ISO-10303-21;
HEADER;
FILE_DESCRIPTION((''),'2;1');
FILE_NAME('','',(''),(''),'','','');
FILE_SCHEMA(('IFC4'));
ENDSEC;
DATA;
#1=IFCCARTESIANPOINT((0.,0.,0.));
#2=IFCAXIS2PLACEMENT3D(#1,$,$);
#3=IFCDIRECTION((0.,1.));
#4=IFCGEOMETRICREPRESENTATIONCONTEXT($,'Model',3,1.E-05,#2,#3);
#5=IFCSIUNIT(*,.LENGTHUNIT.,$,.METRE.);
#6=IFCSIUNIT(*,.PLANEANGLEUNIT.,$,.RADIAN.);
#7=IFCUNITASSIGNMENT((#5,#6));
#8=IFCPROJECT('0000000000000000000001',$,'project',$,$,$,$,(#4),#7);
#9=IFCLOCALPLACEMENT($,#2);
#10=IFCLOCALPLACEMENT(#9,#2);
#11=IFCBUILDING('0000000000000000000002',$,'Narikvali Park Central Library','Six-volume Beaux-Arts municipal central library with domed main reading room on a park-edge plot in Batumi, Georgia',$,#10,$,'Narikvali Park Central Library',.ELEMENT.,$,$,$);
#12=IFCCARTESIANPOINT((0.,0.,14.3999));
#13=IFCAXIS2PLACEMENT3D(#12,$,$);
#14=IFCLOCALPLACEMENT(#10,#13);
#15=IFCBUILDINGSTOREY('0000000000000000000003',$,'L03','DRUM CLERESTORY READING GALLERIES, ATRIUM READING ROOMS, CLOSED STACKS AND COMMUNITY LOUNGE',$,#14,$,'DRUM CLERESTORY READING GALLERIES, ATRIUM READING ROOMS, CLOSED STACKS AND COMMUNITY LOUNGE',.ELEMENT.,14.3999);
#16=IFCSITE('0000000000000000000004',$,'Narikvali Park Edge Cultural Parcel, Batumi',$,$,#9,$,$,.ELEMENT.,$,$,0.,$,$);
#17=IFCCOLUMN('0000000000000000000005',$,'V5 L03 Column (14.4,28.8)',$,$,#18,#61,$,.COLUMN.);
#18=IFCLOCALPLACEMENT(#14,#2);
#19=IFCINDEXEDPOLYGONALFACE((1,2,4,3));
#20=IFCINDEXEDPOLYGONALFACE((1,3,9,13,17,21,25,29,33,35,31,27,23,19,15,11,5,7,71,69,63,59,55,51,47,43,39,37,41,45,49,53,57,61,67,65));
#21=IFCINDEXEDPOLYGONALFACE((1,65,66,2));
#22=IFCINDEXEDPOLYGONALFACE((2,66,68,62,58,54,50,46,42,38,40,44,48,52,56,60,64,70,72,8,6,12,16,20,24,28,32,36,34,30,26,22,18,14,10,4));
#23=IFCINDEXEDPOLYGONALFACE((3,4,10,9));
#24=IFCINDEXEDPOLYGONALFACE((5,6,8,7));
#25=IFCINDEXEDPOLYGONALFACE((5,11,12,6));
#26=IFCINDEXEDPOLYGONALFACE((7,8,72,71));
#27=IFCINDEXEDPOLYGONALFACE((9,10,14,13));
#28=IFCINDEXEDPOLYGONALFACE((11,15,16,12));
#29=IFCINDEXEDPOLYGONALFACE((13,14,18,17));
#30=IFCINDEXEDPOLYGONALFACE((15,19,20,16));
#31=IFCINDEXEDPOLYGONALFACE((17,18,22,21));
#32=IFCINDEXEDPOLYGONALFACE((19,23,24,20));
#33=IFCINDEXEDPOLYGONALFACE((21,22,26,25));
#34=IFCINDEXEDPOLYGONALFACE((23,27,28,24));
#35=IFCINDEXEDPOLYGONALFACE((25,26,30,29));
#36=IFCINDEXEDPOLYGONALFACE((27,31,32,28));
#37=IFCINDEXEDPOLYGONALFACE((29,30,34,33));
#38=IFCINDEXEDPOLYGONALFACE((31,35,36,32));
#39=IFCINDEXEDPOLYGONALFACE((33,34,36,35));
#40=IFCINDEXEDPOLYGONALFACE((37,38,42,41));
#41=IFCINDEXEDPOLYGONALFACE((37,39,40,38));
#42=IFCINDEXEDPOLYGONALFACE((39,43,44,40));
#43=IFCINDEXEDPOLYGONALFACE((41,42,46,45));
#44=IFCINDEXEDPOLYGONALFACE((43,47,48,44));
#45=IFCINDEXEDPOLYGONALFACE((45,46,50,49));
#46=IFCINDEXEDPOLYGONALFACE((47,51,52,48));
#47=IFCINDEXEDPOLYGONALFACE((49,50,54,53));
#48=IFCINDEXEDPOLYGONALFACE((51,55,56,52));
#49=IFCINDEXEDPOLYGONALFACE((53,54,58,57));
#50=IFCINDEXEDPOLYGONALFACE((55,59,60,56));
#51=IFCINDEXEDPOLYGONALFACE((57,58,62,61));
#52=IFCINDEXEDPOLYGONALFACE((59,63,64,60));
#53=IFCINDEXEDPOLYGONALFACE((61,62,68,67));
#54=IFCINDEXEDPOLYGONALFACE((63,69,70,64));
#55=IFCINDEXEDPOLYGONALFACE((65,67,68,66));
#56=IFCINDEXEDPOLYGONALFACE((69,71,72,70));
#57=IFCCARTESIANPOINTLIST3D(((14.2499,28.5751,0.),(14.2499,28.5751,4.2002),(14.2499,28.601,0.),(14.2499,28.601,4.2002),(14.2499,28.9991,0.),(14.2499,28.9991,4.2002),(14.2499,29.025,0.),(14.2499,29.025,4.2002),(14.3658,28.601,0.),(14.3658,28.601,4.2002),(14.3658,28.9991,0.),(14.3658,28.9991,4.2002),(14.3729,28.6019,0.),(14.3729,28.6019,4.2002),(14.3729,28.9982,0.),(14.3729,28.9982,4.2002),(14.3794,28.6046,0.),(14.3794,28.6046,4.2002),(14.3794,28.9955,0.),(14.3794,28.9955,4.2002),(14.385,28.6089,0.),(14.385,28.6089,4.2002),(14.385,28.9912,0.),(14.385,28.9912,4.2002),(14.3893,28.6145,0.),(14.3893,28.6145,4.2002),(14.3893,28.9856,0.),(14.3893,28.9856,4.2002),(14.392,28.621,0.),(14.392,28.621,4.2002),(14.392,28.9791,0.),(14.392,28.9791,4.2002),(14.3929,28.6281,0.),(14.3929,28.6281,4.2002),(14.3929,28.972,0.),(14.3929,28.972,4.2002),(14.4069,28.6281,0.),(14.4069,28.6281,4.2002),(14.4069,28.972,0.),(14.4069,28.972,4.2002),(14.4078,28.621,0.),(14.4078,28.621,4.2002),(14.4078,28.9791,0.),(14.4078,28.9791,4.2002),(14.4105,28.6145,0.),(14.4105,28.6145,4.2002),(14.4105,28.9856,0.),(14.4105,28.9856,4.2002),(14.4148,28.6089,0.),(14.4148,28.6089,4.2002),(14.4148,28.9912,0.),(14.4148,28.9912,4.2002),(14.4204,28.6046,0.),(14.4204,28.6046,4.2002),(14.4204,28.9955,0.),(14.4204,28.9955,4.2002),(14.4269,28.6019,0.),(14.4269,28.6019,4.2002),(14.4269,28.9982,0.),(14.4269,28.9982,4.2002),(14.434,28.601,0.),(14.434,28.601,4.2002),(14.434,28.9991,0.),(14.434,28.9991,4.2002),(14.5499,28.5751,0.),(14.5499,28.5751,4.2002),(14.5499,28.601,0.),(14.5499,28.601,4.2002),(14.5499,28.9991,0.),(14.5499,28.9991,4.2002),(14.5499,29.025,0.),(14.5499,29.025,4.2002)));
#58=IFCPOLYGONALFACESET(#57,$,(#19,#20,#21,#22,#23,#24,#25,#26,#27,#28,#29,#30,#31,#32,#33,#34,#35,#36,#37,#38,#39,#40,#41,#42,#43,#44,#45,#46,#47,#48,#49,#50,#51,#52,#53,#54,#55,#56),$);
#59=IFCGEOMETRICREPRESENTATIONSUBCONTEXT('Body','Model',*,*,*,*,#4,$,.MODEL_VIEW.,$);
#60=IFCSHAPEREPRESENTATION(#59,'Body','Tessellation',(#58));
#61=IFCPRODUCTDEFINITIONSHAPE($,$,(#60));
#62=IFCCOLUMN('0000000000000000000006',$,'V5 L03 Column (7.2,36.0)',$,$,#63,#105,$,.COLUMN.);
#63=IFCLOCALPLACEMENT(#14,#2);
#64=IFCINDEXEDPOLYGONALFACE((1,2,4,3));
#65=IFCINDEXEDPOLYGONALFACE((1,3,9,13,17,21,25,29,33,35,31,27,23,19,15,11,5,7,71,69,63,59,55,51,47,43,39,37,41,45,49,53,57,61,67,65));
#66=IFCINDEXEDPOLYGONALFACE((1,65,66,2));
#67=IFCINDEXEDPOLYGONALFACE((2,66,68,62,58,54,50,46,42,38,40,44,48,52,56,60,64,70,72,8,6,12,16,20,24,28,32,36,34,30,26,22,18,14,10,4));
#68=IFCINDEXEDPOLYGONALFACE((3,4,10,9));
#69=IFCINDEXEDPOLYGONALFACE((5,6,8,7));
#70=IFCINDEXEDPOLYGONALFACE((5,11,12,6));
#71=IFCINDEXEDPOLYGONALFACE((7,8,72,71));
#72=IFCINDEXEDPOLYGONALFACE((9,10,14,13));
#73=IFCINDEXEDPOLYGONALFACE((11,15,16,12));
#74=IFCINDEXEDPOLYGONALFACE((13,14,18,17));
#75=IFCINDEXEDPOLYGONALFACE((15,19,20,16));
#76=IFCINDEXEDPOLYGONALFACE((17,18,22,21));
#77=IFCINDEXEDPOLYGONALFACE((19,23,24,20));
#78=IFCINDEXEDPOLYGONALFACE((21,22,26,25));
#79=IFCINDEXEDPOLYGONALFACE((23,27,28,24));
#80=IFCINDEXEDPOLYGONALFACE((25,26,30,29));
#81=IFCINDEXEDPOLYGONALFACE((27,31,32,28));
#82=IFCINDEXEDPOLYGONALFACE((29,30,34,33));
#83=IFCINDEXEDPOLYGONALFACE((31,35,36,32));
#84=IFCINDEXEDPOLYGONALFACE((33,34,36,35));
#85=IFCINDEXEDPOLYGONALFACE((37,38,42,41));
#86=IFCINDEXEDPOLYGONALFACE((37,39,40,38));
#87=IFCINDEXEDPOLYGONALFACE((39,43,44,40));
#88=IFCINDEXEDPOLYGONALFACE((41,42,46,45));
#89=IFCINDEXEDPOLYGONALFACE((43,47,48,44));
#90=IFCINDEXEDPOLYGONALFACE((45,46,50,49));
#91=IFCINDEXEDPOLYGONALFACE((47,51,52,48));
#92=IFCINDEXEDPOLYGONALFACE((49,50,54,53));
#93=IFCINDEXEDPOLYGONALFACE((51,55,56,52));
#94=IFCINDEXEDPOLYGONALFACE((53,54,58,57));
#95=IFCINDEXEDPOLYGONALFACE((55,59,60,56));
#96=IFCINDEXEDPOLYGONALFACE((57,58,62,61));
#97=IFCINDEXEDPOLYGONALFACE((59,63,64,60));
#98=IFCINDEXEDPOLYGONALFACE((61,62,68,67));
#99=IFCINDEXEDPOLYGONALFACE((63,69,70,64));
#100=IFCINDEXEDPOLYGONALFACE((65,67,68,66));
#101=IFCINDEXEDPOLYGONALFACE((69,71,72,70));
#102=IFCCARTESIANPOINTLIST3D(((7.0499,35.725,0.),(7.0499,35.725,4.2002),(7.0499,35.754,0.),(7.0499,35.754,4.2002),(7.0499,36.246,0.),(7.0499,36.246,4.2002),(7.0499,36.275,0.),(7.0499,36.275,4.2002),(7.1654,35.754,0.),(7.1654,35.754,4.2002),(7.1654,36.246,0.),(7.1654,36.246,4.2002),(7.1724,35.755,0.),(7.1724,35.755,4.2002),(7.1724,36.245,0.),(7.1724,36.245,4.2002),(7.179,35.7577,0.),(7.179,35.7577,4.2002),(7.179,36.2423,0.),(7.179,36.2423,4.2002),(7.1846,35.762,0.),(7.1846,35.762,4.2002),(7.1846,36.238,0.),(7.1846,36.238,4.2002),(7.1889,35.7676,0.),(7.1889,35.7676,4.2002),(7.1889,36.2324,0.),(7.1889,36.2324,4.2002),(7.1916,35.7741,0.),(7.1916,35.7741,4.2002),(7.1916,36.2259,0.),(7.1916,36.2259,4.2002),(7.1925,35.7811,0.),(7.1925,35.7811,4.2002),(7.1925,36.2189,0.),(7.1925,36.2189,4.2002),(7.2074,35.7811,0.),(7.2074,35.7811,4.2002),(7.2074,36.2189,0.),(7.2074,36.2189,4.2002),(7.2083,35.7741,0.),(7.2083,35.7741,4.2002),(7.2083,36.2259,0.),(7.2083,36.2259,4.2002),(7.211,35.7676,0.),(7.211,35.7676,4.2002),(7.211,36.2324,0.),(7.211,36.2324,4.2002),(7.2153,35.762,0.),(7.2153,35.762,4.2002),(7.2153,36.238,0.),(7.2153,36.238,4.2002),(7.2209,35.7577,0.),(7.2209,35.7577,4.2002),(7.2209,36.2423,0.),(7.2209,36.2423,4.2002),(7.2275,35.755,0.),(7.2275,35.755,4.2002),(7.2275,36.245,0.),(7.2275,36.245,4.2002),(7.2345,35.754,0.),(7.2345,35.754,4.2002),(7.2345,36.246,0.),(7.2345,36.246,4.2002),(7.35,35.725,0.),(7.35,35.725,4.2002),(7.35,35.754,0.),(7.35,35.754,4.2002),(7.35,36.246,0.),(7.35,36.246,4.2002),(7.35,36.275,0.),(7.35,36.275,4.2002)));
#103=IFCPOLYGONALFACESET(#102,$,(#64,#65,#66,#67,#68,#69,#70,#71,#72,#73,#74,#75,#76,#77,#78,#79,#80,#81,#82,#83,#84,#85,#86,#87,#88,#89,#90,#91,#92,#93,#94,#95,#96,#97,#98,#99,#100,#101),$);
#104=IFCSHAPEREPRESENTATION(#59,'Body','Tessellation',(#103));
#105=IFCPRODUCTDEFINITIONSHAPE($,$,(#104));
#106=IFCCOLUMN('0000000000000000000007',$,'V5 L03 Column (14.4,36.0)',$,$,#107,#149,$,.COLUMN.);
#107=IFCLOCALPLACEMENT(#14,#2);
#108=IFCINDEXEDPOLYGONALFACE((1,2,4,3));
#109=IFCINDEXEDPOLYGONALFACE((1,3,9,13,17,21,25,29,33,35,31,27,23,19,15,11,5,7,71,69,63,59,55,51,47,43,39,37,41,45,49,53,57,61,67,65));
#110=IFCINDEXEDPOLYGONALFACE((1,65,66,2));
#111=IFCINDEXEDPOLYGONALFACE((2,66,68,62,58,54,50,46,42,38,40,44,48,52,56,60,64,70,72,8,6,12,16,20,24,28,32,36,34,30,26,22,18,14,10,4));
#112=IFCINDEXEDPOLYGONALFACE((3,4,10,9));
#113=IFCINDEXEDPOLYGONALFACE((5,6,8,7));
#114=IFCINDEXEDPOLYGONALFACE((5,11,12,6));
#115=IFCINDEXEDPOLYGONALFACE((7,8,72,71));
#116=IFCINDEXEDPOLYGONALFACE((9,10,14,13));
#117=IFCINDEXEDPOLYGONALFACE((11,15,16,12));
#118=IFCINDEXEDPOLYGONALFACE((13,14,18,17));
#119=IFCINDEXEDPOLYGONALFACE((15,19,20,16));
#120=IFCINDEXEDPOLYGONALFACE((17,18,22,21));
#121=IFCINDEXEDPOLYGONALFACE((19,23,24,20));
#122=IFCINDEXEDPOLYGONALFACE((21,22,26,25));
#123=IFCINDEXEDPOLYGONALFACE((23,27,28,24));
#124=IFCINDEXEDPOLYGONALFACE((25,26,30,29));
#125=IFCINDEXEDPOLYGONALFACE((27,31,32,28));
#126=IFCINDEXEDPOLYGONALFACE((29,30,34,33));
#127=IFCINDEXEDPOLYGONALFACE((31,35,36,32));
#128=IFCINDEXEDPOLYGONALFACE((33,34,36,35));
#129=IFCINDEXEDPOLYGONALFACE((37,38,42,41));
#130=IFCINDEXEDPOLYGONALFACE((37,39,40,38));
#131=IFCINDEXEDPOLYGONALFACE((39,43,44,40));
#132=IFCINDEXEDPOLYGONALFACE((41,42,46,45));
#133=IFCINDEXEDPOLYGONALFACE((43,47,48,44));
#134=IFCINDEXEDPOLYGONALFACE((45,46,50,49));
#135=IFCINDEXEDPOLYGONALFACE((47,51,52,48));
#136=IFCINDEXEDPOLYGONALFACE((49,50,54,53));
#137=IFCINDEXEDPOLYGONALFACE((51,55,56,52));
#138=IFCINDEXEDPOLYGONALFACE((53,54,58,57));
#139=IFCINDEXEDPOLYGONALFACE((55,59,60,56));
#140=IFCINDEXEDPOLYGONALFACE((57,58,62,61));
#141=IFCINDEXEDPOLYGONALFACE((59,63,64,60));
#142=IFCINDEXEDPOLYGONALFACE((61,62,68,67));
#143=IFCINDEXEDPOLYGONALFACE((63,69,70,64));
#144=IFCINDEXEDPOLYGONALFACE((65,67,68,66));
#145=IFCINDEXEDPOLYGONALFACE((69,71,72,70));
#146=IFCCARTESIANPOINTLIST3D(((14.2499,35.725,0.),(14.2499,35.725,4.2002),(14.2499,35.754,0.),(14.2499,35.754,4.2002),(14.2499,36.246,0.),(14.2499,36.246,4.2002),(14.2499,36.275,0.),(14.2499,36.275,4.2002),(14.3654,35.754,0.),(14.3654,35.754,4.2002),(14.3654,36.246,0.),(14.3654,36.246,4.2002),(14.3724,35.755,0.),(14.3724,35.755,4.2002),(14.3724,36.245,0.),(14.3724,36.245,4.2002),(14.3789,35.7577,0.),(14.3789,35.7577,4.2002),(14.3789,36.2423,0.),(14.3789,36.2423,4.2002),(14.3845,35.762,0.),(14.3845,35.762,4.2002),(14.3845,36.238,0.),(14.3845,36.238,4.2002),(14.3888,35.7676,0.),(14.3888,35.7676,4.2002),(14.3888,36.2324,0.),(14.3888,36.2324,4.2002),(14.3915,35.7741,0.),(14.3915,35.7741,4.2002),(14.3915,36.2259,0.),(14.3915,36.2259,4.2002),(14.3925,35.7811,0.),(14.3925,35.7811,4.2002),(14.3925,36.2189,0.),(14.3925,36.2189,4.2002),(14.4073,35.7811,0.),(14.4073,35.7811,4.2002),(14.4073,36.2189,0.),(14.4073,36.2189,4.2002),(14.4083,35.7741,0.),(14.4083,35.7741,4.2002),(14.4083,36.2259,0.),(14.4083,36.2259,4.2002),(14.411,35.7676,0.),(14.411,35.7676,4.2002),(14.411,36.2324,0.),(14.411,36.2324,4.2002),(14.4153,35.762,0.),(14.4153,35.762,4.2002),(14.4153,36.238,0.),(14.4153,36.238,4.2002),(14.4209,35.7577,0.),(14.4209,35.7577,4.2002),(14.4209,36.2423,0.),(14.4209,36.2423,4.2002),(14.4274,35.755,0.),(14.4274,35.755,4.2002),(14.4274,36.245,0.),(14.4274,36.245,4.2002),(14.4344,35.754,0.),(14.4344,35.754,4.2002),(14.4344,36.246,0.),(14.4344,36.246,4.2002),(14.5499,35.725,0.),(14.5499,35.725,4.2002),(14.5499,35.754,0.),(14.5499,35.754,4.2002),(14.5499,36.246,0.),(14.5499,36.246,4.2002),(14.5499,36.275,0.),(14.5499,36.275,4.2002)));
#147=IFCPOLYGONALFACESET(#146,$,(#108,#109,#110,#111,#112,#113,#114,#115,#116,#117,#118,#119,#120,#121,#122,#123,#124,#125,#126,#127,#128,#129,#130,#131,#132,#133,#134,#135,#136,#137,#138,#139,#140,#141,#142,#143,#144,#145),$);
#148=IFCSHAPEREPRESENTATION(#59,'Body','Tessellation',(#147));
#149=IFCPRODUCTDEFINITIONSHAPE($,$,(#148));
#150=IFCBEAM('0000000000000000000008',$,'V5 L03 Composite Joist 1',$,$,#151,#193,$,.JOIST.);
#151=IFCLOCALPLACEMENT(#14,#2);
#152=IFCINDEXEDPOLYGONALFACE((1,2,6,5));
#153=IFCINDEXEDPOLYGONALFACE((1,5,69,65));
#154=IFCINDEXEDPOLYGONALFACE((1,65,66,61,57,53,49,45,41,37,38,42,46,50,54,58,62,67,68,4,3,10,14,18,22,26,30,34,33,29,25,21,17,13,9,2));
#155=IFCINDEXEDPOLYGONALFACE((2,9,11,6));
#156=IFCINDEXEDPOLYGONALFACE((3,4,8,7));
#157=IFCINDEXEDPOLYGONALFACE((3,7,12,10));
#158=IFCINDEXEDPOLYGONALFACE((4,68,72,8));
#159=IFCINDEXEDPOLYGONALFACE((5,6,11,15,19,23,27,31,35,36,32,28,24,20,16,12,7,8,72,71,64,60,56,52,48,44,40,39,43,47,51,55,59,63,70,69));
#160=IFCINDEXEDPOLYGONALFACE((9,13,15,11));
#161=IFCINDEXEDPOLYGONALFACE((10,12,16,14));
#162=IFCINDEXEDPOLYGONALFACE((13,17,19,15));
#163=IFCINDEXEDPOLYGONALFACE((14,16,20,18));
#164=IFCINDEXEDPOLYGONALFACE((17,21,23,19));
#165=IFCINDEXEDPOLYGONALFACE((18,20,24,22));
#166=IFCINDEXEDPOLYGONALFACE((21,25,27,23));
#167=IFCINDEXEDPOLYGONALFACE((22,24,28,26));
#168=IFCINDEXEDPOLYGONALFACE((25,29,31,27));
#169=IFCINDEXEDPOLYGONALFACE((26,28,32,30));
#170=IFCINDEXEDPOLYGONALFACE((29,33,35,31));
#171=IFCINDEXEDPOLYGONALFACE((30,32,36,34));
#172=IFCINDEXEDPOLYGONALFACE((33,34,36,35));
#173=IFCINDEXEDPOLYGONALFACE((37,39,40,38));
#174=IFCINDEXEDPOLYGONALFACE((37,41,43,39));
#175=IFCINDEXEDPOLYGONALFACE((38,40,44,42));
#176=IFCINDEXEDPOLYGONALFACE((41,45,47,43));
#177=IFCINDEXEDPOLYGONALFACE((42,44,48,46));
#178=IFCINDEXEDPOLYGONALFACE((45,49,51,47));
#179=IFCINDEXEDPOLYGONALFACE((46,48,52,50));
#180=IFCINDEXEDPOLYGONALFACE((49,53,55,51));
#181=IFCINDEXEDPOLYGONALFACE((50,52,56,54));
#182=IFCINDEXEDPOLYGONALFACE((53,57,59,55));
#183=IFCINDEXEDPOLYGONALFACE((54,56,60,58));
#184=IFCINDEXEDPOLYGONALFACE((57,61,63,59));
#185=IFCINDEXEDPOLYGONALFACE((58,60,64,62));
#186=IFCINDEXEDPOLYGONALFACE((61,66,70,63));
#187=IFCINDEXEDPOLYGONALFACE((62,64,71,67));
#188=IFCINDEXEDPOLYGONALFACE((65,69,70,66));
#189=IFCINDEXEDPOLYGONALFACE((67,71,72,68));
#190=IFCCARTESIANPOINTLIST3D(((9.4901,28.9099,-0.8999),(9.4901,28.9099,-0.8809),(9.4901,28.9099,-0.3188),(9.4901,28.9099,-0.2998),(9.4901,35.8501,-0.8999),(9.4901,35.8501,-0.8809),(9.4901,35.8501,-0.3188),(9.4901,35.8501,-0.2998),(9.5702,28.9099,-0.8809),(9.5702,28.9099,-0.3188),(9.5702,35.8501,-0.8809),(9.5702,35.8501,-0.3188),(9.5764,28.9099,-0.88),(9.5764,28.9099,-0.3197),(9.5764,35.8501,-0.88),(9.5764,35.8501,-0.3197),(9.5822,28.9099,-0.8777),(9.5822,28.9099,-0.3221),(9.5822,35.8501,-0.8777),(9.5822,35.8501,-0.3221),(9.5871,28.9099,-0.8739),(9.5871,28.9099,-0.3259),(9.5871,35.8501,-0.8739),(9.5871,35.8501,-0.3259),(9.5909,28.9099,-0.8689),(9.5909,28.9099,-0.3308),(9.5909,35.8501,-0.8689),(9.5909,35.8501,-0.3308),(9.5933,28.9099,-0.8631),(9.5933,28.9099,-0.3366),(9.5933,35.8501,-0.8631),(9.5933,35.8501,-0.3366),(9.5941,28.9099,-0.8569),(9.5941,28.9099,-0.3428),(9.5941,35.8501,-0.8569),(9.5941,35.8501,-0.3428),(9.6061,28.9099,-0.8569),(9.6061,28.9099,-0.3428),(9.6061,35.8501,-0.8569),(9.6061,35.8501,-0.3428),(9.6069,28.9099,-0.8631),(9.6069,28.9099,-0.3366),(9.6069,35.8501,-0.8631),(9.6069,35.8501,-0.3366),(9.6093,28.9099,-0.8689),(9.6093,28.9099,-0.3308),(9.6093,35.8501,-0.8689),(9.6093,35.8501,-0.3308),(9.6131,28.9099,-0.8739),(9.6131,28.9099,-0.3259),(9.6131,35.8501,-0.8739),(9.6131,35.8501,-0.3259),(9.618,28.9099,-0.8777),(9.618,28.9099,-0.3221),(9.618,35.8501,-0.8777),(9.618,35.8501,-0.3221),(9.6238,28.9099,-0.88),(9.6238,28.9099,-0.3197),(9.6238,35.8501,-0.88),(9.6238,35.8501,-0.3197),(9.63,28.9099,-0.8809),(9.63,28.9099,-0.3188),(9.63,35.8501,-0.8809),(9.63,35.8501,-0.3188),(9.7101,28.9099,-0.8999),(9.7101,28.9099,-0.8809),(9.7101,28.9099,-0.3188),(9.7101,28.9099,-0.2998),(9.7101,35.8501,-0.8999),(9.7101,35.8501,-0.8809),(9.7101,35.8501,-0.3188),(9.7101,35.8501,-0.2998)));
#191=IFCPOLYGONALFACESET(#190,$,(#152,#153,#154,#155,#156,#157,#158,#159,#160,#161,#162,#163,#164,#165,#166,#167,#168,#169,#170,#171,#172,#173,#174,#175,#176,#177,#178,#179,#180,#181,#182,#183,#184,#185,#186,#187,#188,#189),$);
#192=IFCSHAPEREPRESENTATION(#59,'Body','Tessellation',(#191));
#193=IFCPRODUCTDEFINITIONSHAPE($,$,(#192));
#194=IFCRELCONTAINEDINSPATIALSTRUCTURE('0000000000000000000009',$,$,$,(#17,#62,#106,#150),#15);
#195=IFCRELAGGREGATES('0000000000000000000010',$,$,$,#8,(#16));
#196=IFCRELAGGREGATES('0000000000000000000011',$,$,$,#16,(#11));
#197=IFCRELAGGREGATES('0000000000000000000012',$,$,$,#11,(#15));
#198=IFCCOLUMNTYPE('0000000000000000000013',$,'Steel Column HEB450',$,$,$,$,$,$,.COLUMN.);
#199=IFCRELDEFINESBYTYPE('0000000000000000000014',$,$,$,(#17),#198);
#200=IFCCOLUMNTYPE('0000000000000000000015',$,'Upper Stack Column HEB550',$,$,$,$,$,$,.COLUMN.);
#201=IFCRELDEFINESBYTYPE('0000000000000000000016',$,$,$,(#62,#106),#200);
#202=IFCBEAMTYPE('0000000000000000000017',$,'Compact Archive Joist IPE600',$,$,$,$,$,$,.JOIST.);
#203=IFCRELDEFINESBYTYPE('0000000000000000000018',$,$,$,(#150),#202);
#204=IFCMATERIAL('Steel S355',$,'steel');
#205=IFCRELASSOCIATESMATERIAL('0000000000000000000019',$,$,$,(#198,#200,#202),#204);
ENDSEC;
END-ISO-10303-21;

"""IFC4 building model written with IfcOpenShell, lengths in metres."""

from ifc_helpers import new_model, si_unit, direction, frame, origin, origin_2d, place, context, subcontext, project, spatial, i_section, extrude, material, material_profile, profile_set, type_object, element, save


model = new_model("IFC4")

# Units and contexts
model_context = context("Model", 3, precision=1e-05, world=origin(), true_north=direction((0.0, 1.0)))
body_context = subcontext(model_context, "Body", "Model", "MODEL_VIEW")
ifc_project = project(units=[si_unit("LENGTHUNIT", "METRE"), si_unit("PLANEANGLEUNIT", "RADIAN")], contexts=[model_context])

# Site, building, storey
site_placement = place(None, origin())
site = spatial("IfcSite", under=ifc_project, at=site_placement, Name="Narikvali Park Edge Cultural Parcel, Batumi", CompositionType="ELEMENT", RefElevation=0.0)
building_placement = place(site_placement, origin())
building = spatial("IfcBuilding", under=site, at=building_placement, Name="Narikvali Park Central Library", Description="Six-volume Beaux-Arts municipal central library with domed main reading room on a park-edge plot in Batumi, Georgia", LongName="Narikvali Park Central Library", CompositionType="ELEMENT")
storey_placement = place(building_placement, frame((0.0, 0.0, 14.3999)))
storey = spatial("IfcBuildingStorey", under=building, at=storey_placement, Name="L03", Description="DRUM CLERESTORY READING GALLERIES, ATRIUM READING ROOMS, CLOSED STACKS AND COMMUNITY LOUNGE", LongName="DRUM CLERESTORY READING GALLERIES, ATRIUM READING ROOMS, CLOSED STACKS AND COMMUNITY LOUNGE", CompositionType="ELEMENT", Elevation=14.3999)

# Columns
ifc_material_1 = material(Name="Steel S355", Category="steel")
ifc_material_profile_1 = material_profile(ifc_material_1, i_section(OverallWidth=0.3, OverallDepth=0.45, WebThickness=0.0139, FlangeThickness=0.0259, FilletRadius=0.0271, at=origin_2d()), Name="HEB 450")
ifc_profile_set_1 = profile_set([ifc_material_profile_1], Name="Steel S355")
column_type_1 = type_object("IfcColumnType", Name="Steel Column HEB450", PredefinedType="COLUMN", material=ifc_profile_set_1)
column_placement = place(storey_placement, frame((14.3999, 28.8, 0.0), z_axis=(0.0, 0.0, 1.0), x_axis=(1.0, 0.0, 0.0)))
element("IfcColumn", 1, at=column_placement, inside=storey, type_object=column_type_1, Name="V5 L03 Column (14.4,28.8)", PredefinedType="COLUMN", context=body_context, shape_type="SweptSolid", body=[
    extrude(i_section(OverallWidth=0.3, OverallDepth=0.45, WebThickness=0.0139, FlangeThickness=0.0259, FilletRadius=0.0271, at=origin_2d()), origin(), (0.0, 0.0, 1.0), 4.2002),
])
ifc_material_profile_2 = material_profile(ifc_material_1, i_section(OverallWidth=0.3, OverallDepth=0.55, WebThickness=0.0149, FlangeThickness=0.0291, FilletRadius=0.0271, at=origin_2d()), Name="HEB 550")
ifc_profile_set_2 = profile_set([ifc_material_profile_2], Name="Steel S355")
column_type_2 = type_object("IfcColumnType", Name="Upper Stack Column HEB550", PredefinedType="COLUMN", material=ifc_profile_set_2)
for number, where, z_axis, x_axis, name in (
    (2, (7.2, 36.0, 0.0), (0.0, 0.0, 1.0), (1.0, 0.0, 0.0), "V5 L03 Column (7.2,36.0)"),
    (3, (14.3999, 36.0, 0.0), (0.0, 0.0, 1.0), (1.0, 0.0, 0.0), "V5 L03 Column (14.4,36.0)"),
):
    element("IfcColumn", number, at=place(storey_placement, frame(where, z_axis=z_axis, x_axis=x_axis)), inside=storey, type_object=column_type_2, Name=name, PredefinedType="COLUMN", context=body_context, shape_type="SweptSolid", body=[
        extrude(i_section(OverallWidth=0.3, OverallDepth=0.55, WebThickness=0.0149, FlangeThickness=0.0291, FilletRadius=0.0271, at=origin_2d()), origin(), (0.0, 0.0, 1.0), 4.2002),
    ])

# Beam
ifc_material_profile_3 = material_profile(ifc_material_1, i_section(OverallWidth=0.22, OverallDepth=0.6001, WebThickness=0.012, FlangeThickness=0.019, FilletRadius=0.0239, at=origin_2d()), Name="IPE 600")
ifc_profile_set_3 = profile_set([ifc_material_profile_3], Name="Steel S355")
beam_type_1 = type_object("IfcBeamType", Name="Compact Archive Joist IPE600", PredefinedType="JOIST", material=ifc_profile_set_3)
for number, where, z_axis, x_axis, name in (
    (4, (9.6001, 28.9099, -0.5999), (0.0, 1.0, 0.0), (-1.0, 0.0, 0.0), "V5 L03 Composite Joist 1"),
):
    element("IfcBeam", number, at=place(storey_placement, frame(where, z_axis=z_axis, x_axis=x_axis)), inside=storey, type_object=beam_type_1, Name=name, PredefinedType="JOIST", context=body_context, shape_type="SweptSolid", body=[
        extrude(i_section(OverallWidth=0.22, OverallDepth=0.6001, WebThickness=0.012, FlangeThickness=0.019, FilletRadius=0.0239, at=origin_2d()), origin(), (0.0, 0.0, 1.0), 6.9402),
    ])

save(model, "model.ifc")
